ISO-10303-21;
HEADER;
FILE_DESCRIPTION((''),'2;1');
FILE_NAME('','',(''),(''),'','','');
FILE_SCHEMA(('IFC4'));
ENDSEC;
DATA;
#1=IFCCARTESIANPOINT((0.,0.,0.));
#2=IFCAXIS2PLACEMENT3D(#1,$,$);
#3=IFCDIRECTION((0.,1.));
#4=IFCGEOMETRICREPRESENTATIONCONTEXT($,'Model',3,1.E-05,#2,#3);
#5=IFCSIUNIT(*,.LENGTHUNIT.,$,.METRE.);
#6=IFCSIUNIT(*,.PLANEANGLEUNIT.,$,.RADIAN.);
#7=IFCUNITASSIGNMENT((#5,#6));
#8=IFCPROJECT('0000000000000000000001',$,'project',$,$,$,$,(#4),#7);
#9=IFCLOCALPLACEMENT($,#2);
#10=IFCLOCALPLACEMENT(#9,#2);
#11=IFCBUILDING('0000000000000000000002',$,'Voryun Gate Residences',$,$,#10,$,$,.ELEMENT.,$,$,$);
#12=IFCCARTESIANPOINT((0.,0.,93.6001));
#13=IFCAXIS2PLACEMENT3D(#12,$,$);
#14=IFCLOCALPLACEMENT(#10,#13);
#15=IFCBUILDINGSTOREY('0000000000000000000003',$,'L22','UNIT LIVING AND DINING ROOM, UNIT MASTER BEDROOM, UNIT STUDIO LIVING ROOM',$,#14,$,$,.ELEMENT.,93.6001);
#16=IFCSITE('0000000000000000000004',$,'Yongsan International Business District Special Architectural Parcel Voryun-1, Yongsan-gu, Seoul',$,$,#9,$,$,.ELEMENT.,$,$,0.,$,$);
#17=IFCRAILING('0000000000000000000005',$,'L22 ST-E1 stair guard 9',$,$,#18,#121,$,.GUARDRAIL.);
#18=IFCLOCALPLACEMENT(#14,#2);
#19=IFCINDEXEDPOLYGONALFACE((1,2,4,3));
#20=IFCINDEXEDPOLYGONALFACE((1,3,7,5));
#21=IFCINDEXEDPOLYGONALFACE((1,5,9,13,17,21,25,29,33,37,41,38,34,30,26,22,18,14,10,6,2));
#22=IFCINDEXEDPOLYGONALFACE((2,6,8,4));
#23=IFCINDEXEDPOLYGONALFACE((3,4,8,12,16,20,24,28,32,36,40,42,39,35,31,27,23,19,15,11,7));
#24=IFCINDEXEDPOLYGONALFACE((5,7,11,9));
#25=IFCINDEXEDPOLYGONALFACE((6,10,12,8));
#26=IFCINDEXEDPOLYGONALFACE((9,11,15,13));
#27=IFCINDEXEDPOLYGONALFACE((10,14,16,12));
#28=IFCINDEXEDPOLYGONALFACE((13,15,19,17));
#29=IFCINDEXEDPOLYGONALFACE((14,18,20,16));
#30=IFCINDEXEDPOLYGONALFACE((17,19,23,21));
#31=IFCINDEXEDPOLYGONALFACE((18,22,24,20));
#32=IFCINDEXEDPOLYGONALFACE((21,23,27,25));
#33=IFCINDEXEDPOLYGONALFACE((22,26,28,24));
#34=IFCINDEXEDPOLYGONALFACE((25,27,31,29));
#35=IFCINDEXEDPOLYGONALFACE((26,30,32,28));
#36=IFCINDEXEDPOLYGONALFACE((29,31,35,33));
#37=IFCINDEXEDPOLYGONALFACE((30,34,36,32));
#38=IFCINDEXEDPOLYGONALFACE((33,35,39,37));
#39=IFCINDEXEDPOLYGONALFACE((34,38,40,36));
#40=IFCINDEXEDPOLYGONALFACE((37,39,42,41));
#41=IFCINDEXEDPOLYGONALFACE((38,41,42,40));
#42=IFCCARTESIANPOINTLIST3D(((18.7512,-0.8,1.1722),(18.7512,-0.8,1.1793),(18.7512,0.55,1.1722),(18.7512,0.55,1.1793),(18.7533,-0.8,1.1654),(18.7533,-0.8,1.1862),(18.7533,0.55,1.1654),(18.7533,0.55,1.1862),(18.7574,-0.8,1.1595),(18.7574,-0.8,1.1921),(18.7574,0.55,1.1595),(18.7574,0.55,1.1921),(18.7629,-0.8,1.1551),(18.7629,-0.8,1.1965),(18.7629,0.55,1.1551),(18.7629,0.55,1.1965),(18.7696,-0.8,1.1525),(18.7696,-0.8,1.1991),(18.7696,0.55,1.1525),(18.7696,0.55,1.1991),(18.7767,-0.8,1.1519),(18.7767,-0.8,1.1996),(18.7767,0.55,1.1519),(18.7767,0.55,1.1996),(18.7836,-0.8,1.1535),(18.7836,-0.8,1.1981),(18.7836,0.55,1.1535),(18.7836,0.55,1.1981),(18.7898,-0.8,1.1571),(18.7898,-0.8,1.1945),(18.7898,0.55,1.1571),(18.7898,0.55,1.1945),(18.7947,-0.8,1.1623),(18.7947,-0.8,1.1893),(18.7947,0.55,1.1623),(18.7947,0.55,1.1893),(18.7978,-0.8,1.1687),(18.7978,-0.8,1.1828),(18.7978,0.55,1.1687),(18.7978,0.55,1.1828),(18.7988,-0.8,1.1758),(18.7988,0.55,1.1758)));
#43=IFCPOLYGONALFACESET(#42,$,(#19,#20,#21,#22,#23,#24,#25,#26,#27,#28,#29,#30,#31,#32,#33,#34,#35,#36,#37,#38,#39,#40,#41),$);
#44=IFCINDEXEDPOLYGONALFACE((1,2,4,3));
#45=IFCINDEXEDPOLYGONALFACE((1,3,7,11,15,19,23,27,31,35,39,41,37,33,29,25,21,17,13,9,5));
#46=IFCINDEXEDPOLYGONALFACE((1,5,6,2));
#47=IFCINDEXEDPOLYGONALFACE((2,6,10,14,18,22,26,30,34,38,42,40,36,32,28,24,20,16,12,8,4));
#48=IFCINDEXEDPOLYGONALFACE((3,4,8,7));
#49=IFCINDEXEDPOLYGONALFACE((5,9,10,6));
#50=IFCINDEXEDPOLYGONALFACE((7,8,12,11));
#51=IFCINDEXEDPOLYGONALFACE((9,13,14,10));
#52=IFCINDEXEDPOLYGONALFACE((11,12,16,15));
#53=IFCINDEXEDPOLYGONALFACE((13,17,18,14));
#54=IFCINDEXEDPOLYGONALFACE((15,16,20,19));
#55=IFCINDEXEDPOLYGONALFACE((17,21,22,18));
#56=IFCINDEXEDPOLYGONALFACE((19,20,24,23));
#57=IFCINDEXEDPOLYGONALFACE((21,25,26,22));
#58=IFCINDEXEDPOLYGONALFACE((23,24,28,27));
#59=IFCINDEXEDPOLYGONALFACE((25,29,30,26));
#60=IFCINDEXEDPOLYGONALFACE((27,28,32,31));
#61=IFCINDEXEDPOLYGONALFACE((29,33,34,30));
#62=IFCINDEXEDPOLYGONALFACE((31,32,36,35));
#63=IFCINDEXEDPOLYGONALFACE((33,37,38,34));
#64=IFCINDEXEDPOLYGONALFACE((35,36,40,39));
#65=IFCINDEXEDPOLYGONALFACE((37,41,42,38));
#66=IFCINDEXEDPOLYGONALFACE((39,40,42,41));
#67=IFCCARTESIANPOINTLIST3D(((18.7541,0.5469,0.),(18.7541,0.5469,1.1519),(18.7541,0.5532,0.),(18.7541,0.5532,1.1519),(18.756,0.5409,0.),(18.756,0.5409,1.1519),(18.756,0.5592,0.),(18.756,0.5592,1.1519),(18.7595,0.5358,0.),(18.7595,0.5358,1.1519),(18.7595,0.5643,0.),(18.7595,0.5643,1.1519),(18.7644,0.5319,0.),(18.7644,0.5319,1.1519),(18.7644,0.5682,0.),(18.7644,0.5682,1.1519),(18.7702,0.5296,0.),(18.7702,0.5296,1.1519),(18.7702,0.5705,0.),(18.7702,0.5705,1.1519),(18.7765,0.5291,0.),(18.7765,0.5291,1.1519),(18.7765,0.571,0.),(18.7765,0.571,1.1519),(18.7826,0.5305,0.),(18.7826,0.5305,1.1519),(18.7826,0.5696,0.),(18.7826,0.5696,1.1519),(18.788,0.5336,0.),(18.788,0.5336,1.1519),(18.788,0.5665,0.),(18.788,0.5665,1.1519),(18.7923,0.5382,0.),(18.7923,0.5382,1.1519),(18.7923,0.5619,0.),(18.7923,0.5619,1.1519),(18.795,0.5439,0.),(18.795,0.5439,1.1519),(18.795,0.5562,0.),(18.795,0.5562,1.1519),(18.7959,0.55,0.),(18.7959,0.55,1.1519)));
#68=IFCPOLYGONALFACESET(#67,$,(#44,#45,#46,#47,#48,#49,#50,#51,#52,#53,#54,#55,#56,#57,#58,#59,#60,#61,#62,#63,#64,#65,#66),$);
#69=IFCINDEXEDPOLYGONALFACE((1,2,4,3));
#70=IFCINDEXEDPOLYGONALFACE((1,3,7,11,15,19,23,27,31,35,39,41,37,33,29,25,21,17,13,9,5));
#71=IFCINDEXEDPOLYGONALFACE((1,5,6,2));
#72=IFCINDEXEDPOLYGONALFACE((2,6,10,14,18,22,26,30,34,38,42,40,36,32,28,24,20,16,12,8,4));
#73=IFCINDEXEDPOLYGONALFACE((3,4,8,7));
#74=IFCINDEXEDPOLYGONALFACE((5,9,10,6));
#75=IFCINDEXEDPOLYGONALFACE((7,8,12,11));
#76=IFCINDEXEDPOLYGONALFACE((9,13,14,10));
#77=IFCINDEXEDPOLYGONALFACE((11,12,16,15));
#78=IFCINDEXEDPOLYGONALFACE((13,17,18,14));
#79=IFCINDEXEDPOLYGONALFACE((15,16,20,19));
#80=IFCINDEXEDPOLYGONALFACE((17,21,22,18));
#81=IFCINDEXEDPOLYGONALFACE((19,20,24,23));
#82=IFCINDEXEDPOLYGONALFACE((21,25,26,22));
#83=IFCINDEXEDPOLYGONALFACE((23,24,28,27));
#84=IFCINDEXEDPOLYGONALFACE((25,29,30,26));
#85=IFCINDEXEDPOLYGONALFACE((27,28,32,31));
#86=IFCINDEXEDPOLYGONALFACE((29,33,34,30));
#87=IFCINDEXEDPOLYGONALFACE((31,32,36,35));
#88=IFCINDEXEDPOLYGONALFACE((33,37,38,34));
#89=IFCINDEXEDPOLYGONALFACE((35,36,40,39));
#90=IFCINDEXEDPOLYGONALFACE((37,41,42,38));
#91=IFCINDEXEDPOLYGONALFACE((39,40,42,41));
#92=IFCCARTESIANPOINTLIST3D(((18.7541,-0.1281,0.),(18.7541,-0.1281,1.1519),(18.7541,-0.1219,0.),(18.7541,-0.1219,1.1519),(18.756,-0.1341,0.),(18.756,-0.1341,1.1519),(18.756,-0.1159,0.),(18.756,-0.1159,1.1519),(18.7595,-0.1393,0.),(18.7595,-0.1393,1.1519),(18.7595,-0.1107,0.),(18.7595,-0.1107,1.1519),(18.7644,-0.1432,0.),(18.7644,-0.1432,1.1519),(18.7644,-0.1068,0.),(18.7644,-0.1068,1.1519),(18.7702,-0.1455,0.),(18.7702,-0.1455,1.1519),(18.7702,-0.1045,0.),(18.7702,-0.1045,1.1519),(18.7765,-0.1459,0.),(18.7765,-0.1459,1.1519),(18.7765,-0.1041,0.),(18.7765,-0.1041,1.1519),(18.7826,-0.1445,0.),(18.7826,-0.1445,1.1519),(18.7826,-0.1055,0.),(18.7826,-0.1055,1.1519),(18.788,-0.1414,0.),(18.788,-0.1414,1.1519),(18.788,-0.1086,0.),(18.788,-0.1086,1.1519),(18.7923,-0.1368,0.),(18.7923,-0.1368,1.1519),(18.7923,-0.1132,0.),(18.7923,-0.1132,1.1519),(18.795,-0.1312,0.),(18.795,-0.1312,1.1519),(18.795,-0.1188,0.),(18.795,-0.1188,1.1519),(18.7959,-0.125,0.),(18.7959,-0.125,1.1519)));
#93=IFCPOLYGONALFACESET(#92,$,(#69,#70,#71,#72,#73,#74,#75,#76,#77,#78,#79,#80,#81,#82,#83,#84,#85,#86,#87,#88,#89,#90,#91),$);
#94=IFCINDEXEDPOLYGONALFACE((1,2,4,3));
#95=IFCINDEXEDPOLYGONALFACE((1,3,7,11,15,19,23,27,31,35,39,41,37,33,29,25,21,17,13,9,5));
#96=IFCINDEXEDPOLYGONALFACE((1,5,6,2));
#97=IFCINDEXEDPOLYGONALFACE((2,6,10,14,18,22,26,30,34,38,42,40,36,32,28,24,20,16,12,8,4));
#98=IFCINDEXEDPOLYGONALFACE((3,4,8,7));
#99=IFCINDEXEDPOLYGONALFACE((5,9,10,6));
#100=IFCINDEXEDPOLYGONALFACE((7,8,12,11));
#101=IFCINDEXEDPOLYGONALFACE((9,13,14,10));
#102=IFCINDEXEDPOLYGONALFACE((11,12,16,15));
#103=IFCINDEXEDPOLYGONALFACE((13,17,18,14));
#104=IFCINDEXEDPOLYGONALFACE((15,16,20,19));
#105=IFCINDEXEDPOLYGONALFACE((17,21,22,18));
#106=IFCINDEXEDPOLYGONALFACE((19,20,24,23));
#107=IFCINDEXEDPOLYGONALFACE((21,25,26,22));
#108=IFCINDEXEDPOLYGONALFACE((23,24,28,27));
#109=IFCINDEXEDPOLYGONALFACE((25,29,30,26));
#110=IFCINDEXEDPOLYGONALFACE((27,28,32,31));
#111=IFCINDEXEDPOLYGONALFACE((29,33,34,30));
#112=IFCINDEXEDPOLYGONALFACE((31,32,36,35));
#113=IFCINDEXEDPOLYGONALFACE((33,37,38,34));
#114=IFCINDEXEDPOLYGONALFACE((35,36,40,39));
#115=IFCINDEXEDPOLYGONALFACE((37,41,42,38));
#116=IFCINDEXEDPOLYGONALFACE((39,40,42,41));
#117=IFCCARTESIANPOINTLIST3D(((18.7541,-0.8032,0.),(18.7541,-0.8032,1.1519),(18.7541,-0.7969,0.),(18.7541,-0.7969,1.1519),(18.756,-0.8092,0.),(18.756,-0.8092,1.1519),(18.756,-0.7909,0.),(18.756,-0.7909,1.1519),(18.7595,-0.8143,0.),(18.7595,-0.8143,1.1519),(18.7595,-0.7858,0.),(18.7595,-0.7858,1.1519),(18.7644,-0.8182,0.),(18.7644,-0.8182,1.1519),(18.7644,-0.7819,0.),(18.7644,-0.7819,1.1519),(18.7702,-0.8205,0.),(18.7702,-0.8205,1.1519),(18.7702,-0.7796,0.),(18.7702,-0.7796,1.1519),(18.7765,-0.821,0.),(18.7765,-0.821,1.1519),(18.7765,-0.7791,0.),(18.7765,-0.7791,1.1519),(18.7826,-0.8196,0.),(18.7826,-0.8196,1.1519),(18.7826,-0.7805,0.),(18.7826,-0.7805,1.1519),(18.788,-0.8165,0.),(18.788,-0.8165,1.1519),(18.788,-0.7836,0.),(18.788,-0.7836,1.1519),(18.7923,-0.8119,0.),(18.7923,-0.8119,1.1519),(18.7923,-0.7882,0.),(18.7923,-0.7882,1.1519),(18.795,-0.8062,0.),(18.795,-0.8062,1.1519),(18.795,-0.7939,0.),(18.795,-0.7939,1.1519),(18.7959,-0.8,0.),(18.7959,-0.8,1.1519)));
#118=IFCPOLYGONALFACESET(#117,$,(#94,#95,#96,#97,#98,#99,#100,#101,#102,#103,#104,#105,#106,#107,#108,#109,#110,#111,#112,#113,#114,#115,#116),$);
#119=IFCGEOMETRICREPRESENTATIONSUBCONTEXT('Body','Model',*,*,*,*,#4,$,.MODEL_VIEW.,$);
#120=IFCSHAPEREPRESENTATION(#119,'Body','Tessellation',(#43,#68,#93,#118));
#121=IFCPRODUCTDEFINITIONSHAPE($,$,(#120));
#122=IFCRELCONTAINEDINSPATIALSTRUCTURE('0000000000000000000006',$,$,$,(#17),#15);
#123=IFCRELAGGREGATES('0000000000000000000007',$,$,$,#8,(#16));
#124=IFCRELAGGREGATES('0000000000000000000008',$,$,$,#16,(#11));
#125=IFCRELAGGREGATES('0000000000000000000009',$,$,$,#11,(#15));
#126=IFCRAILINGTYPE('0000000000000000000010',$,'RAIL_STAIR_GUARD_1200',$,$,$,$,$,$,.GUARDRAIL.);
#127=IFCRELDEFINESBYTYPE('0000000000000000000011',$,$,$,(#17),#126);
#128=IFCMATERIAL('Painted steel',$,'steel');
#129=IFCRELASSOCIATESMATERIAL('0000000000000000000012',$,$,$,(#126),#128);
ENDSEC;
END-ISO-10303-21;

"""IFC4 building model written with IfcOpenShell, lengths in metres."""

from ifc_helpers import new_model, si_unit, direction, frame, origin, origin_2d, place, context, subcontext, project, spatial, circle, extrude, material, type_object, element, save


model = new_model("IFC4")

# Units and contexts
model_context = context("Model", 3, precision=1e-05, world=origin(), true_north=direction((0.0, 1.0)))
body_context = subcontext(model_context, "Body", "Model", "MODEL_VIEW")
ifc_project = project(units=[si_unit("LENGTHUNIT", "METRE"), si_unit("PLANEANGLEUNIT", "RADIAN")], contexts=[model_context])

# Site, building, storey
site_placement = place(None, origin())
site = spatial("IfcSite", under=ifc_project, at=site_placement, Name="Yongsan International Business District Special Architectural Parcel Voryun-1, Yongsan-gu, Seoul", CompositionType="ELEMENT", RefElevation=0.0)
building_placement = place(site_placement, origin())
building = spatial("IfcBuilding", under=site, at=building_placement, Name="Voryun Gate Residences", CompositionType="ELEMENT")
storey_placement = place(building_placement, frame((0.0, 0.0, 93.6001)))
storey = spatial("IfcBuildingStorey", under=building, at=storey_placement, Name="L22", Description="UNIT LIVING AND DINING ROOM, UNIT MASTER BEDROOM, UNIT STUDIO LIVING ROOM", CompositionType="ELEMENT", Elevation=93.6001)

# Railing
ifc_material_1 = material(Name="Painted steel", Category="steel")
railing_type_1 = type_object("IfcRailingType", Name="RAIL_STAIR_GUARD_1200", PredefinedType="GUARDRAIL", material=ifc_material_1)
for number, where, name in (
    (1, (18.7749, 0.55, 0.0), "L22 ST-E1 stair guard 9"),
):
    element("IfcRailing", number, at=place(storey_placement, frame(where)), inside=storey, type_object=railing_type_1, Name=name, PredefinedType="GUARDRAIL", context=body_context, shape_type="SweptSolid", body=[
        extrude(circle(Radius=0.0239, at=origin_2d()), frame((0.0, 0.0, 1.1758), z_axis=(0.0, -1.0, 0.0), x_axis=(1.0, 0.0, 0.0)), (0.0, 0.0, 1.0), 1.3501),
        extrude(circle(Radius=0.021, at=origin_2d()), origin(), (0.0, 0.0, 1.0), 1.1519),
        extrude(circle(Radius=0.021, at=origin_2d()), frame((0.0, -0.675, 0.0)), (0.0, 0.0, 1.0), 1.1519),
        extrude(circle(Radius=0.021, at=origin_2d()), frame((0.0, -1.3501, 0.0)), (0.0, 0.0, 1.0), 1.1519),
    ])

save(model, "model.ifc")
